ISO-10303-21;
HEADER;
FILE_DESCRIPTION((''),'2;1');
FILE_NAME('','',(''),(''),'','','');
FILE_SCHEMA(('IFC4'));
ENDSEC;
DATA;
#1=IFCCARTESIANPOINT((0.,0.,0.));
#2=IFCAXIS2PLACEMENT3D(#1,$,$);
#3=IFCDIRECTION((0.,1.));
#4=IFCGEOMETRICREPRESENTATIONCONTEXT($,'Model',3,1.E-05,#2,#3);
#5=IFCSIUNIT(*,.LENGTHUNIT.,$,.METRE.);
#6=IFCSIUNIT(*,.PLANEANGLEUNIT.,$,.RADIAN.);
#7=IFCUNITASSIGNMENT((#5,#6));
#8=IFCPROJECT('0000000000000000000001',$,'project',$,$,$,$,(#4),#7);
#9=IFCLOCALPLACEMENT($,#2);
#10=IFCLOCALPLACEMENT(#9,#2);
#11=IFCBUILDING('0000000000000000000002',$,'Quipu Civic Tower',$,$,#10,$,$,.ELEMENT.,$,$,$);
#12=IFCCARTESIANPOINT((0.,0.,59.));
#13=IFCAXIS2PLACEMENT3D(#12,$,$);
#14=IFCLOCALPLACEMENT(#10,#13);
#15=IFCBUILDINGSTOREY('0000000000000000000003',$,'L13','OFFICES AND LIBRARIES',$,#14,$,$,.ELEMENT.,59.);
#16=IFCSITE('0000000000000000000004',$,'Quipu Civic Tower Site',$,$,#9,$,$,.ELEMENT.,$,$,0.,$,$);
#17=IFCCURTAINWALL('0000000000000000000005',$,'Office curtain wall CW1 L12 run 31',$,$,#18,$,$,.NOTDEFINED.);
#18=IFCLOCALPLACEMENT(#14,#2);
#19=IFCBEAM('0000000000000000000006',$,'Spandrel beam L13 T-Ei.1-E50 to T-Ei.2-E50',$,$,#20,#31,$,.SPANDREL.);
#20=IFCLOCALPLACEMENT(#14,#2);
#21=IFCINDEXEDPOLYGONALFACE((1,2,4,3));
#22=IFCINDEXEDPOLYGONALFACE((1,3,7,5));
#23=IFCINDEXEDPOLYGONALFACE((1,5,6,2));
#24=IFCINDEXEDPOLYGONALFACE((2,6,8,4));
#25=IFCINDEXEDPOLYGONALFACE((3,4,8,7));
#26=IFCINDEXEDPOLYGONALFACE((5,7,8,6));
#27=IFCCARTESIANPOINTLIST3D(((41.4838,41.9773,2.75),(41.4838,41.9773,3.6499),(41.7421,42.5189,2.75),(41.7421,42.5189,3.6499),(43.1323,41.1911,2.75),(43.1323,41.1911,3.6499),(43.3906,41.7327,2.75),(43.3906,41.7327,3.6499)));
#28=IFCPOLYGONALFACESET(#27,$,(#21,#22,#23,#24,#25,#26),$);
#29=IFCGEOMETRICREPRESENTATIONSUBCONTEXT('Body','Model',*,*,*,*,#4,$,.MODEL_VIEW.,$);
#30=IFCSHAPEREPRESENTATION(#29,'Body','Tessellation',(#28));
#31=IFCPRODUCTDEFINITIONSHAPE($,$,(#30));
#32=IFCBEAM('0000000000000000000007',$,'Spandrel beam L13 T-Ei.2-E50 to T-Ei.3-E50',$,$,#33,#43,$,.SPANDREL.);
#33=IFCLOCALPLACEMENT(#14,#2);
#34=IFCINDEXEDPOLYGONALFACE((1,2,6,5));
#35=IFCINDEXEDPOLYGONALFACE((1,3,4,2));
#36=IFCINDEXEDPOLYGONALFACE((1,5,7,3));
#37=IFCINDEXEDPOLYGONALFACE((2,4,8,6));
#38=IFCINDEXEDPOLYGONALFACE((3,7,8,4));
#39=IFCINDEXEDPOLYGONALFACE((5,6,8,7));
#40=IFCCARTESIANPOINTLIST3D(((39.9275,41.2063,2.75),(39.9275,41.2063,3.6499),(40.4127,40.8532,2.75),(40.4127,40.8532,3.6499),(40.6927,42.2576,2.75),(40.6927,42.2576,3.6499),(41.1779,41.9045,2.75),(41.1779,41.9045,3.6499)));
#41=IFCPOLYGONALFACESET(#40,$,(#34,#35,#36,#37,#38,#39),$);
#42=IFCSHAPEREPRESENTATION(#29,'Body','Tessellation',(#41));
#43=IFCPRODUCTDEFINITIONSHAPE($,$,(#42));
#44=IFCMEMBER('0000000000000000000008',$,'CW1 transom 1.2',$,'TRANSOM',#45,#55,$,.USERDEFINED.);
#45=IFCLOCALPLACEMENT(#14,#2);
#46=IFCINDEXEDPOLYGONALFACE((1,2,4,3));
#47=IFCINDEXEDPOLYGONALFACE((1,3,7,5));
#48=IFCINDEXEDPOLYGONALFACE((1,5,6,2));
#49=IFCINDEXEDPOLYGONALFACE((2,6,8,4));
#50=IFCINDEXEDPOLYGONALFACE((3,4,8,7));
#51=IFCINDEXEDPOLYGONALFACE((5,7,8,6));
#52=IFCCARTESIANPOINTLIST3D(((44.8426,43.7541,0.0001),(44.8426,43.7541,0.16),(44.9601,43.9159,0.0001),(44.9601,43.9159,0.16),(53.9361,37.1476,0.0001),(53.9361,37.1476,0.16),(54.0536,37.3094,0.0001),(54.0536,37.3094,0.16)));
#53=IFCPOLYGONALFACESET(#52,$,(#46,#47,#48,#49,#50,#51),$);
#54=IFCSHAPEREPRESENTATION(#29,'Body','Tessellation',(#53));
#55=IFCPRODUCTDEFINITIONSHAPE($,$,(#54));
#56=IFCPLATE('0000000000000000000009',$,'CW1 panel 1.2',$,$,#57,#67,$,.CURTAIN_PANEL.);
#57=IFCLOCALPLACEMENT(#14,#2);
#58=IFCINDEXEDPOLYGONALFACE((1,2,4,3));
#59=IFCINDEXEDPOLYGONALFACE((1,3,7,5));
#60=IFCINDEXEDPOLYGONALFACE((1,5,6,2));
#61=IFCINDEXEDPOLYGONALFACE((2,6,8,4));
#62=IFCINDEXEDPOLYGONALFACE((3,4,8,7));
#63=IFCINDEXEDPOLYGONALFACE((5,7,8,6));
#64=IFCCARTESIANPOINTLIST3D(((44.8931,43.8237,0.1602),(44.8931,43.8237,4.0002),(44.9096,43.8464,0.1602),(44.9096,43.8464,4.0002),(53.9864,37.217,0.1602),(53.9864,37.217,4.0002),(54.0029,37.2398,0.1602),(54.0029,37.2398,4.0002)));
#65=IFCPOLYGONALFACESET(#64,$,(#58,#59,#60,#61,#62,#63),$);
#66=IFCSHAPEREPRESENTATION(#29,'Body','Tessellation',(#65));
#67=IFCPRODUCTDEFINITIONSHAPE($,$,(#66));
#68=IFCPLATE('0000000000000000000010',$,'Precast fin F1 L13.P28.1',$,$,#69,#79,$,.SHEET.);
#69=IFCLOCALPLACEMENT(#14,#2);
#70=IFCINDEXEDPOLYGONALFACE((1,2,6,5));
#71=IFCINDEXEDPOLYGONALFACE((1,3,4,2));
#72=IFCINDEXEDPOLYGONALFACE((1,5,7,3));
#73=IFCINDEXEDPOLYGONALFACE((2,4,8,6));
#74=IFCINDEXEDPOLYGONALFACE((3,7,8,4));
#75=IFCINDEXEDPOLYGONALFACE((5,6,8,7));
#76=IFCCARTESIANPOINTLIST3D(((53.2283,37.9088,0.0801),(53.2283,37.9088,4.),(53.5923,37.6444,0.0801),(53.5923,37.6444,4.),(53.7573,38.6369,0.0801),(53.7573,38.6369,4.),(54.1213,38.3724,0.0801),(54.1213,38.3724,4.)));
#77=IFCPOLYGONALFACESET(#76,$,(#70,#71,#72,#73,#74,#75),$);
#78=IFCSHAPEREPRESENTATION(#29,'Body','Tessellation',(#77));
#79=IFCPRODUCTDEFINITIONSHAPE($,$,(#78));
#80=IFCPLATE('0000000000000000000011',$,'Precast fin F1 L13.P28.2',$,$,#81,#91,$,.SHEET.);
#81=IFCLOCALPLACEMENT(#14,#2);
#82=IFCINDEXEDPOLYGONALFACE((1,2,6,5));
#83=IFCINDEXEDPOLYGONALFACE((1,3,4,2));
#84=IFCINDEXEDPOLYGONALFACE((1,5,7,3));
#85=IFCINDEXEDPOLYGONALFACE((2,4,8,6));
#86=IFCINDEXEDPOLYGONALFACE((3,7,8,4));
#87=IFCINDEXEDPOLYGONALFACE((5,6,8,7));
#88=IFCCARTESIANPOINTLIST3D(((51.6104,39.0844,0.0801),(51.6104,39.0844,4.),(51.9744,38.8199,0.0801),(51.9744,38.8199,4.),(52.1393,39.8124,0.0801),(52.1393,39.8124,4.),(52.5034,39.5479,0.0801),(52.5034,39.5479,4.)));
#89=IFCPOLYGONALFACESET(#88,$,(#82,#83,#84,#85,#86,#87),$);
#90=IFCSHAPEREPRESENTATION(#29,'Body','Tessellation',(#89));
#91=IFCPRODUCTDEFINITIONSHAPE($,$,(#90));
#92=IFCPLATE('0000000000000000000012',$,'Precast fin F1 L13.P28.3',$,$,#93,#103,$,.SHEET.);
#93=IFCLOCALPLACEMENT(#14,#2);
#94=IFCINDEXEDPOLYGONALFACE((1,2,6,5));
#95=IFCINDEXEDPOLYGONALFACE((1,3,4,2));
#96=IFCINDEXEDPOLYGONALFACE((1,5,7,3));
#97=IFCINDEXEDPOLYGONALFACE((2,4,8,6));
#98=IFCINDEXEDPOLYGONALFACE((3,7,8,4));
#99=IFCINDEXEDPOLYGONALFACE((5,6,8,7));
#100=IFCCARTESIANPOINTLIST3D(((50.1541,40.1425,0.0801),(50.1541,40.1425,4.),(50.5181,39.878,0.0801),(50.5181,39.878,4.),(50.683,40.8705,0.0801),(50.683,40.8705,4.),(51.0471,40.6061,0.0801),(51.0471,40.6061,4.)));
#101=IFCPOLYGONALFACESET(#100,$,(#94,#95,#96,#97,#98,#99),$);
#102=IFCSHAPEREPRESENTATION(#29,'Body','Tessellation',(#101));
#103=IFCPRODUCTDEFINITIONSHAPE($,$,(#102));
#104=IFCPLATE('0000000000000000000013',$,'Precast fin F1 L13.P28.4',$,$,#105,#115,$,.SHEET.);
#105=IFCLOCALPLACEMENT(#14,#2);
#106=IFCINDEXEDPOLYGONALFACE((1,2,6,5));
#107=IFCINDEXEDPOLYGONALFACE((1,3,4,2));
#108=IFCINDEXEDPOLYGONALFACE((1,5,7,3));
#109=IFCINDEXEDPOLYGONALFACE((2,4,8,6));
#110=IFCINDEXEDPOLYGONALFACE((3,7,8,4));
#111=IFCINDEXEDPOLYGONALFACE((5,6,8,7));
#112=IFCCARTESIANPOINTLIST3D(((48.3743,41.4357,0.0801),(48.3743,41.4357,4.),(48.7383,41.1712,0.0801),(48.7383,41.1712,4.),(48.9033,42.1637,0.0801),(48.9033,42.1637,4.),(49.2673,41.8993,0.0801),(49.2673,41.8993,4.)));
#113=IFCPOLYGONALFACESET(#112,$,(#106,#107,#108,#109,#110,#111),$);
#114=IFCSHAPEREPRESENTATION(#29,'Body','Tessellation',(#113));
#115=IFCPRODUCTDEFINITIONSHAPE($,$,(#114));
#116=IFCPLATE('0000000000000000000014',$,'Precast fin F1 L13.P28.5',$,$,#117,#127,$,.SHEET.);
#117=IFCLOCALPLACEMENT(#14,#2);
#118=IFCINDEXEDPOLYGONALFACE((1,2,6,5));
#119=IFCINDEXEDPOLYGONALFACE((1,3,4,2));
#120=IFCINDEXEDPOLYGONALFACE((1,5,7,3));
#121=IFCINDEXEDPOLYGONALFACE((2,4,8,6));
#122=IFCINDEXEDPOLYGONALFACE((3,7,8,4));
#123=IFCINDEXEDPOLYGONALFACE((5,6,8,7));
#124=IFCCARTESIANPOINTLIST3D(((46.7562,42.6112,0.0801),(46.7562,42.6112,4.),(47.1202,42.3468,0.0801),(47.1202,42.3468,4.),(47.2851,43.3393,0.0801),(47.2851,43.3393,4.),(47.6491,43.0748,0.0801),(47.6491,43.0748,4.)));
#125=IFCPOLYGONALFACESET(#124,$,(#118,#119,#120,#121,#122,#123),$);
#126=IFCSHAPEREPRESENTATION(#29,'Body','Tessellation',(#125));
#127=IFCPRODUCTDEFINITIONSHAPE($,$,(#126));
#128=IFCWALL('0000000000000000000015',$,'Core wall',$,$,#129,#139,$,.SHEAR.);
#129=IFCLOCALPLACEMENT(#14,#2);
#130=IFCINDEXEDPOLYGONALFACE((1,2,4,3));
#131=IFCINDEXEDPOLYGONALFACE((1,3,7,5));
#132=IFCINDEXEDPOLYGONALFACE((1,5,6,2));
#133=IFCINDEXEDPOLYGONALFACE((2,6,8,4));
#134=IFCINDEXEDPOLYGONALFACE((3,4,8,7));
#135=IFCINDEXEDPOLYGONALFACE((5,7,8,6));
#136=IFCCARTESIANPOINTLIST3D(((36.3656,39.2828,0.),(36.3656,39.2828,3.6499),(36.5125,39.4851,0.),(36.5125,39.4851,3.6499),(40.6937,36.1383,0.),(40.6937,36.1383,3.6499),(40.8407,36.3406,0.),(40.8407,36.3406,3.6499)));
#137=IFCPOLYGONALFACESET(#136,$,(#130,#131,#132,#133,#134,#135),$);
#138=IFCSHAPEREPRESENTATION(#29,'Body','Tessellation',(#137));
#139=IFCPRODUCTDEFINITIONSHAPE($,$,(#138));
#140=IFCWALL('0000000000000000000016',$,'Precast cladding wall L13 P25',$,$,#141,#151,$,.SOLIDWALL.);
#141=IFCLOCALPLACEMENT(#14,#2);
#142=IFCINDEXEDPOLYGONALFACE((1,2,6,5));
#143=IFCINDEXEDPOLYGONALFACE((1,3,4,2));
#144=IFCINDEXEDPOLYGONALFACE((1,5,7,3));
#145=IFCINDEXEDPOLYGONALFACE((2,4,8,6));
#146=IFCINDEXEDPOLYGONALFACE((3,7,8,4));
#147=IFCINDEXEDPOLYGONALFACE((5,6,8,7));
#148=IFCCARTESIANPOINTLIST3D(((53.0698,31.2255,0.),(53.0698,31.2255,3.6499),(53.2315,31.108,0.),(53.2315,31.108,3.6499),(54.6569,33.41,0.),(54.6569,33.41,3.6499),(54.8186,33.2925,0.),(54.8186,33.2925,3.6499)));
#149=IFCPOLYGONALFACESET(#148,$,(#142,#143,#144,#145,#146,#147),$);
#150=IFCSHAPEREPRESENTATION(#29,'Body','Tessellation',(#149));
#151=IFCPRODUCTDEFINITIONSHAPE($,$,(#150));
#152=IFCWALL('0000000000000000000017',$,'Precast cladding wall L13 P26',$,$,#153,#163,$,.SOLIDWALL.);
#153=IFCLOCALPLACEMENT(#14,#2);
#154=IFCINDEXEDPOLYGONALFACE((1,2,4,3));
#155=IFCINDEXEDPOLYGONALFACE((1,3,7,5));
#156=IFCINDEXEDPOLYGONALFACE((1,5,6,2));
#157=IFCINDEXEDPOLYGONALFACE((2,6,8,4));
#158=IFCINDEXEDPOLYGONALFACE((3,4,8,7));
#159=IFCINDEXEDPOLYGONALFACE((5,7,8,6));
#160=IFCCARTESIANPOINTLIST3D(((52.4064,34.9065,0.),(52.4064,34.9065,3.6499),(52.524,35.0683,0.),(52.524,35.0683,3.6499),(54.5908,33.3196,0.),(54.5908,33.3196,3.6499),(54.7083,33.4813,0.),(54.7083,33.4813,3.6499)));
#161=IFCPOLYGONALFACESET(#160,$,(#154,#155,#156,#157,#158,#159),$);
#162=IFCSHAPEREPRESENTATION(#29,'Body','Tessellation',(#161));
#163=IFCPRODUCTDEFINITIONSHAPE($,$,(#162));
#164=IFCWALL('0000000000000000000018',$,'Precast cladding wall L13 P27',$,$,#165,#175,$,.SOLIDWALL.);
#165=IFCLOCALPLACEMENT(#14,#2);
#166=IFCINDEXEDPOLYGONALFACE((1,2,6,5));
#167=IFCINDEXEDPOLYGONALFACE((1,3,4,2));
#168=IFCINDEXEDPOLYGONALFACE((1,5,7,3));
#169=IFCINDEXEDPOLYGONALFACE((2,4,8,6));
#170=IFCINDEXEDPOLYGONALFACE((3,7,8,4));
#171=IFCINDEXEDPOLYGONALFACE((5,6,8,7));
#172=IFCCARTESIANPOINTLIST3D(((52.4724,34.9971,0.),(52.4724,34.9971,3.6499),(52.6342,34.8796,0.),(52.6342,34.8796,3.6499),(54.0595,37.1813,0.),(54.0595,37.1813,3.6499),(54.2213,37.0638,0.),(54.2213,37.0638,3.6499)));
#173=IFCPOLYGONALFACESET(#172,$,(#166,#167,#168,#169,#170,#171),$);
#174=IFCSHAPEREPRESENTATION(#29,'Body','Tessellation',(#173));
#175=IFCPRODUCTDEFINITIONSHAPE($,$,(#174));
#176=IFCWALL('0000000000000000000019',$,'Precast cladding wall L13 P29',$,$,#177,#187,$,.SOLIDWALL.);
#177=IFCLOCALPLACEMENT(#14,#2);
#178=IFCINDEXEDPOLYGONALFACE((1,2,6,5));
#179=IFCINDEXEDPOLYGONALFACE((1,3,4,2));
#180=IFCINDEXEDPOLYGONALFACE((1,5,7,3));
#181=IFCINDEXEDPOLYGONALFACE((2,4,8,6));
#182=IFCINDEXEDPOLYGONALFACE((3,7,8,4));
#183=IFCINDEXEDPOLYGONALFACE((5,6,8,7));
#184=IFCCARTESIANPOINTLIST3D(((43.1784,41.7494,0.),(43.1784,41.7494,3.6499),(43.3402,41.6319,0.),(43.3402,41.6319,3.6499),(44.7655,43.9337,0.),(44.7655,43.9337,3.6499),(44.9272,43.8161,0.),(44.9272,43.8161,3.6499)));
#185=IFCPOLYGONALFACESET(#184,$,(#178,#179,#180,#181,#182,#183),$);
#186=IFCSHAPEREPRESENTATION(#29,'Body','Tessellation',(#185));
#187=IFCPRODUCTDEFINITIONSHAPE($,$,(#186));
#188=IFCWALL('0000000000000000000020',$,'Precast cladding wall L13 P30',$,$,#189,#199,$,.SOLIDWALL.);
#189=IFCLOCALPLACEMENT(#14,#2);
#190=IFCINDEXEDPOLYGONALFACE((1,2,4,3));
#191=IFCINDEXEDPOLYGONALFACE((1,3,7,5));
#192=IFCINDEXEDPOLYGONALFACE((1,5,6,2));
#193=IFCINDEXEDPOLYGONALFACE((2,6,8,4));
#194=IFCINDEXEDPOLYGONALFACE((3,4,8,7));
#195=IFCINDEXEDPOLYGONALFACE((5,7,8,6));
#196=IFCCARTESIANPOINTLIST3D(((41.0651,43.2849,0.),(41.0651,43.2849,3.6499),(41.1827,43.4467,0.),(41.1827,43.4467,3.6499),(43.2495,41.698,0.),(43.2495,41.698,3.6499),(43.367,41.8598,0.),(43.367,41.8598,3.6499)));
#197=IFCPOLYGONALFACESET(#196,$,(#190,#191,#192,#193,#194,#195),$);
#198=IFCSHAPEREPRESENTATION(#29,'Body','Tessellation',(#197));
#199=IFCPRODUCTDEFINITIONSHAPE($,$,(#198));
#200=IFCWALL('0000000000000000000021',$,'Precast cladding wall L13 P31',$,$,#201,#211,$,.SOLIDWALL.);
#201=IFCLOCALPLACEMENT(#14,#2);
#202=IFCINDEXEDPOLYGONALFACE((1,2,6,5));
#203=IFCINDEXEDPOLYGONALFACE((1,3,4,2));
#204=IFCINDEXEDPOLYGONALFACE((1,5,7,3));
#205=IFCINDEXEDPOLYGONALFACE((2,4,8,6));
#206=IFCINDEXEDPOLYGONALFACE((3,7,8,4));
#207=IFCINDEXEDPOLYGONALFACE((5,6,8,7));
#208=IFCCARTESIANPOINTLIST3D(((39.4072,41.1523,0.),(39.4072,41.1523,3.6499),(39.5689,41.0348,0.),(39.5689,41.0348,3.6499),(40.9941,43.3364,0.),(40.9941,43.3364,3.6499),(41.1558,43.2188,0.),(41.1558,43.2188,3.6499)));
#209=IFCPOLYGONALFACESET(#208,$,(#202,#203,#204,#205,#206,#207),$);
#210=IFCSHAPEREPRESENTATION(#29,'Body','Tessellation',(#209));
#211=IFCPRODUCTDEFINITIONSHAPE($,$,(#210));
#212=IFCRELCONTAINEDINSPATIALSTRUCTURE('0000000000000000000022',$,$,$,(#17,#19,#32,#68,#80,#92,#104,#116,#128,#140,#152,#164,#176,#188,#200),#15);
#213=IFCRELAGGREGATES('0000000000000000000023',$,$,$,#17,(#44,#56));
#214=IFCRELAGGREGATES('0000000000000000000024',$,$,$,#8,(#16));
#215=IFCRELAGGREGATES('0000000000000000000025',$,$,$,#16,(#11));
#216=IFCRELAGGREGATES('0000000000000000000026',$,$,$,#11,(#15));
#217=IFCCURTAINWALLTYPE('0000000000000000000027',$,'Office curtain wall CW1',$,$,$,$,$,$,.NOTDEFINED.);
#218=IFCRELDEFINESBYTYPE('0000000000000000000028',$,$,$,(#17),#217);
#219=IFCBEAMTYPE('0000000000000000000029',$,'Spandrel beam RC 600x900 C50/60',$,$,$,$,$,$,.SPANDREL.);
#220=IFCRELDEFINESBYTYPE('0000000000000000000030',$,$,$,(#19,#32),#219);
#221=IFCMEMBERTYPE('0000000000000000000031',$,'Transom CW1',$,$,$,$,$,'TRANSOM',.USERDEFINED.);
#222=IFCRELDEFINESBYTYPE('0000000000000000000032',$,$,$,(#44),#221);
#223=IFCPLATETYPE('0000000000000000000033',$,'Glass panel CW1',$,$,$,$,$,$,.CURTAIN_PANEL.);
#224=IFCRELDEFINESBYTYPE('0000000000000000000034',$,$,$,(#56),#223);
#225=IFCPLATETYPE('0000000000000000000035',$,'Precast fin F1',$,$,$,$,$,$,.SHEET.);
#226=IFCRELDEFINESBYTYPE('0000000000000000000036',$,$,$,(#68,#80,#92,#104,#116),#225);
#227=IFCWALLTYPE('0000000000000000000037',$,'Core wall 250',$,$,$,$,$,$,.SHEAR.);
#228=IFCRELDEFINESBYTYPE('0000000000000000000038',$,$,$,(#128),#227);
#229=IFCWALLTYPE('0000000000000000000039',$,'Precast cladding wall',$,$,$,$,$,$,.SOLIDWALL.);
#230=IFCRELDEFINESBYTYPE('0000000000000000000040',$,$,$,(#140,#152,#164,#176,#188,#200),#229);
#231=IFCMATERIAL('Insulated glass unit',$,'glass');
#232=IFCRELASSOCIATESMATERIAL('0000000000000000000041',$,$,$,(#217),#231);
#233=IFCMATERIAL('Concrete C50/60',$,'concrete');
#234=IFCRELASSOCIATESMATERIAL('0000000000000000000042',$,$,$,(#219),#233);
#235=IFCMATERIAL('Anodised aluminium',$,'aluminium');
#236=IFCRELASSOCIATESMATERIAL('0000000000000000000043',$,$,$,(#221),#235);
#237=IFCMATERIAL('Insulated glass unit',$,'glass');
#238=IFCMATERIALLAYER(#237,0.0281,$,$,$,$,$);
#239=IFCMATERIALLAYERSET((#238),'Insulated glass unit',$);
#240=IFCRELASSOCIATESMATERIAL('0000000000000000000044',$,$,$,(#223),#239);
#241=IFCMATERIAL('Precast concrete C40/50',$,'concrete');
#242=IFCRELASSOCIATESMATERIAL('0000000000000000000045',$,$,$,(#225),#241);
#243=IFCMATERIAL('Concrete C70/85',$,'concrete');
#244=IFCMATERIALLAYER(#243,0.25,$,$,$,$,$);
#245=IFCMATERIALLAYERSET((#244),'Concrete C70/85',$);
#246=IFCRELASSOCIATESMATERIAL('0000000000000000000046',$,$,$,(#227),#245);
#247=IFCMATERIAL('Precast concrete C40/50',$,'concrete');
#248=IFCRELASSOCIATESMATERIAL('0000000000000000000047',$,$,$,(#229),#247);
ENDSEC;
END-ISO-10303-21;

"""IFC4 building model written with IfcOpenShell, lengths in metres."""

from ifc_helpers import new_model, si_unit, direction, frame, frame_2d, origin, origin_2d, place, context, subcontext, project, spatial, rectangle, extrude, material, layer, layer_set, material_profile, profile_set, type_object, element, aggregate, save


model = new_model("IFC4")

# Units and contexts
model_context = context("Model", 3, precision=1e-05, world=origin(), true_north=direction((0.0, 1.0)))
body_context = subcontext(model_context, "Body", "Model", "MODEL_VIEW")
ifc_project = project(units=[si_unit("LENGTHUNIT", "METRE"), si_unit("PLANEANGLEUNIT", "RADIAN")], contexts=[model_context])

# Site, building, storey
site_placement = place(None, origin())
site = spatial("IfcSite", under=ifc_project, at=site_placement, Name="Quipu Civic Tower Site", CompositionType="ELEMENT", RefElevation=0.0)
building_placement = place(site_placement, origin())
building = spatial("IfcBuilding", under=site, at=building_placement, Name="Quipu Civic Tower", CompositionType="ELEMENT")
storey_placement = place(building_placement, frame((0.0, 0.0, 59.0)))
storey = spatial("IfcBuildingStorey", under=building, at=storey_placement, Name="L13", Description="OFFICES AND LIBRARIES", CompositionType="ELEMENT", Elevation=59.0)

# Curtain wall
ifc_material_1 = material(Name="Insulated glass unit", Category="glass")
curtain_wall_type = type_object("IfcCurtainWallType", Name="Office curtain wall CW1", PredefinedType="NOTDEFINED", material=ifc_material_1)
curtain_wall_placement = place(storey_placement, origin())
curtain_wall = element("IfcCurtainWall", 1, at=curtain_wall_placement, inside=storey, type_object=curtain_wall_type, Name="Office curtain wall CW1 L12 run 31", PredefinedType="NOTDEFINED")

# Beams
ifc_material_2 = material(Name="Concrete C50/60", Category="concrete")
ifc_material_profile_1 = material_profile(ifc_material_2, rectangle(XDim=0.6001, YDim=0.8999, at=origin_2d()), Name="RC600x900")
ifc_profile_set_1 = profile_set([ifc_material_profile_1], Name="Concrete C50/60")
beam_type = type_object("IfcBeamType", Name="Spandrel beam RC 600x900 C50/60", PredefinedType="SPANDREL", material=ifc_profile_set_1)
beam_1_placement = place(storey_placement, frame((43.2615, 41.4619, 3.2), z_axis=(-0.902613, 0.430452, 0.0), x_axis=(-0.430452, -0.902613, 0.0)))
element("IfcBeam", 2, at=beam_1_placement, inside=storey, type_object=beam_type, Name="Spandrel beam L13 T-Ei.1-E50 to T-Ei.2-E50", PredefinedType="SPANDREL", context=body_context, shape_type="SweptSolid", body=[
    extrude(rectangle(XDim=0.6001, YDim=0.8999, at=origin_2d()), origin(), (0.0, 0.0, 1.0), 1.8264),
])
beam_2_placement = place(storey_placement, frame((40.9353, 42.0811, 3.2), z_axis=(-0.588462, -0.808525, 0.0), x_axis=(0.808525, -0.588462, 0.0)))
element("IfcBeam", 3, at=beam_2_placement, inside=storey, type_object=beam_type, Name="Spandrel beam L13 T-Ei.2-E50 to T-Ei.3-E50", PredefinedType="SPANDREL", context=body_context, shape_type="SweptSolid", body=[
    extrude(rectangle(XDim=0.6001, YDim=0.8999, at=origin_2d()), origin(), (0.0, 0.0, 1.0), 1.3003),
])

# Member
ifc_material_3 = material(Name="Anodised aluminium", Category="aluminium")
ifc_material_profile_2 = material_profile(ifc_material_3, rectangle(XDim=0.2, YDim=0.1599, at=origin_2d()), Name="RECT 200x160")
ifc_profile_set_2 = profile_set([ifc_material_profile_2], Name="Anodised aluminium")
member_type_1 = type_object("IfcMemberType", Name="Transom CW1", ElementType="TRANSOM", PredefinedType="USERDEFINED", material=ifc_profile_set_2)
member_1_placement = place(storey_placement, frame((53.9949, 37.2285, 0.0801), z_axis=(-0.809033, 0.587764, 0.0), x_axis=(-0.587764, -0.809033, 0.0)))
member_1 = element("IfcMember", 4, at=member_1_placement, type_object=member_type_1, Name="CW1 transom 1.2", ObjectType="TRANSOM", PredefinedType="USERDEFINED", context=body_context, shape_type="SweptSolid", body=[
    extrude(rectangle(XDim=0.2, YDim=0.1599, at=origin_2d()), origin(), (0.0, 0.0, 1.0), 11.24),
])

# Plate
ifc_material_4 = material(Name="Insulated glass unit", Category="glass")
ifc_layer_1 = layer(ifc_material_4, 0.0281)
ifc_layer_set_1 = layer_set([ifc_layer_1], Name="Insulated glass unit")
plate_type_1 = type_object("IfcPlateType", Name="Glass panel CW1", PredefinedType="CURTAIN_PANEL", material=ifc_layer_set_1)
plate_placement = place(storey_placement, frame((49.448, 40.5317, 0.1602), z_axis=(0.0, 0.0, 1.0), x_axis=(-0.809019, 0.587782, 0.0)))
plate = element("IfcPlate", 5, at=plate_placement, type_object=plate_type_1, Name="CW1 panel 1.2", PredefinedType="CURTAIN_PANEL", context=body_context, shape_type="SweptSolid", body=[
    extrude(rectangle(XDim=11.24, YDim=0.0281, at=origin_2d()), origin(), (0.0, 0.0, 1.0), 3.8401),
])
aggregate(curtain_wall, [member_1, plate])

# Plates
ifc_material_5 = material(Name="Precast concrete C40/50", Category="concrete")
plate_type_2 = type_object("IfcPlateType", Name="Precast fin F1", PredefinedType="SHEET", material=ifc_material_5)
for number, where, z_axis, x_axis, name in (
    (6, (53.6748, 38.1406, 0.0801), (0.0, 0.0, 1.0), (-0.809021, 0.587779, 0.0), "Precast fin F1 L13.P28.1"),
    (7, (52.0569, 39.3162, 0.0801), (0.0, 0.0, 1.0), (-0.809021, 0.587779, 0.0), "Precast fin F1 L13.P28.2"),
    (8, (50.6006, 40.3743, 0.0801), (0.0, 0.0, 1.0), (-0.809021, 0.587779, 0.0), "Precast fin F1 L13.P28.3"),
    (9, (48.8208, 41.6675, 0.0801), (0.0, 0.0, 1.0), (-0.809021, 0.587779, 0.0), "Precast fin F1 L13.P28.4"),
    (10, (47.2026, 42.843, 0.0801), (0.0, 0.0, 1.0), (-0.809021, 0.587779, 0.0), "Precast fin F1 L13.P28.5"),
):
    element("IfcPlate", number, at=place(storey_placement, frame(where, z_axis=z_axis, x_axis=x_axis)), inside=storey, type_object=plate_type_2, Name=name, PredefinedType="SHEET", context=body_context, shape_type="SweptSolid", body=[
        extrude(rectangle(XDim=0.45, YDim=0.8999, at=origin_2d()), origin(), (0.0, 0.0, 1.0), 3.9199),
    ])

# Walls
ifc_material_6 = material(Name="Concrete C70/85", Category="concrete")
ifc_layer_2 = layer(ifc_material_6, 0.25)
ifc_layer_set_2 = layer_set([ifc_layer_2], Name="Concrete C70/85")
wall_type_1 = type_object("IfcWallType", Name="Core wall 250", PredefinedType="SHEAR", material=ifc_layer_set_2)
wall_1_placement = place(storey_placement, frame((40.7671, 36.2395, 0.0), z_axis=(0.0, 0.0, 1.0), x_axis=(-0.80902, 0.587781, 0.0)))
element("IfcWall", 11, at=wall_1_placement, inside=storey, type_object=wall_type_1, Name="Core wall", PredefinedType="SHEAR", context=body_context, shape_type="SweptSolid", body=[
    extrude(rectangle(XDim=5.3499, YDim=0.25, at=frame_2d((2.6748, 0.0))), origin(), (0.0, 0.0, 1.0), 3.6499),
])
ifc_material_7 = material(Name="Precast concrete C40/50", Category="concrete")
wall_type_2 = type_object("IfcWallType", Name="Precast cladding wall", PredefinedType="SOLIDWALL", material=ifc_material_7)
wall_2_placement = place(storey_placement, frame((53.1506, 31.1667, 0.0), z_axis=(0.0, 0.0, 1.0), x_axis=(0.587779, 0.809021, 0.0)))
element("IfcWall", 12, at=wall_2_placement, inside=storey, type_object=wall_type_2, Name="Precast cladding wall L13 P25", PredefinedType="SOLIDWALL", context=body_context, shape_type="SweptSolid", body=[
    extrude(rectangle(XDim=2.7002, YDim=0.2, at=frame_2d((1.3501, 0.0))), origin(), (0.0, 0.0, 1.0), 3.6499),
])
for number, where, z_axis, x_axis, name in (
    (13, (54.6497, 33.4004, 0.0), (0.0, 0.0, 1.0), (-0.809033, 0.587763, 0.0), "Precast cladding wall L13 P26"),
    (14, (52.5532, 34.9382, 0.0), (0.0, 0.0, 1.0), (0.587822, 0.80899, 0.0), "Precast cladding wall L13 P27"),
    (15, (44.8464, 43.875, 0.0), (0.0, 0.0, 1.0), (-0.587822, -0.80899, 0.0), "Precast cladding wall L13 P29"),
    (16, (43.3083, 41.7788, 0.0), (0.0, 0.0, 1.0), (-0.809033, 0.587763, 0.0), "Precast cladding wall L13 P30"),
):
    element("IfcWall", number, at=place(storey_placement, frame(where, z_axis=z_axis, x_axis=x_axis)), inside=storey, type_object=wall_type_2, Name=name, PredefinedType="SOLIDWALL", context=body_context, shape_type="SweptSolid", body=[
        extrude(rectangle(XDim=2.7, YDim=0.2, at=frame_2d((1.3501, 0.0))), origin(), (0.0, 0.0, 1.0), 3.6499),
    ])
wall_3_placement = place(storey_placement, frame((41.075, 43.2776, 0.0), z_axis=(0.0, 0.0, 1.0), x_axis=(-0.587806, -0.809002, 0.0)))
element("IfcWall", 17, at=wall_3_placement, inside=storey, type_object=wall_type_2, Name="Precast cladding wall L13 P31", PredefinedType="SOLIDWALL", context=body_context, shape_type="SweptSolid", body=[
    extrude(rectangle(XDim=2.6997, YDim=0.2, at=frame_2d((1.3499, 0.0))), origin(), (0.0, 0.0, 1.0), 3.6499),
])

save(model, "model.ifc")
